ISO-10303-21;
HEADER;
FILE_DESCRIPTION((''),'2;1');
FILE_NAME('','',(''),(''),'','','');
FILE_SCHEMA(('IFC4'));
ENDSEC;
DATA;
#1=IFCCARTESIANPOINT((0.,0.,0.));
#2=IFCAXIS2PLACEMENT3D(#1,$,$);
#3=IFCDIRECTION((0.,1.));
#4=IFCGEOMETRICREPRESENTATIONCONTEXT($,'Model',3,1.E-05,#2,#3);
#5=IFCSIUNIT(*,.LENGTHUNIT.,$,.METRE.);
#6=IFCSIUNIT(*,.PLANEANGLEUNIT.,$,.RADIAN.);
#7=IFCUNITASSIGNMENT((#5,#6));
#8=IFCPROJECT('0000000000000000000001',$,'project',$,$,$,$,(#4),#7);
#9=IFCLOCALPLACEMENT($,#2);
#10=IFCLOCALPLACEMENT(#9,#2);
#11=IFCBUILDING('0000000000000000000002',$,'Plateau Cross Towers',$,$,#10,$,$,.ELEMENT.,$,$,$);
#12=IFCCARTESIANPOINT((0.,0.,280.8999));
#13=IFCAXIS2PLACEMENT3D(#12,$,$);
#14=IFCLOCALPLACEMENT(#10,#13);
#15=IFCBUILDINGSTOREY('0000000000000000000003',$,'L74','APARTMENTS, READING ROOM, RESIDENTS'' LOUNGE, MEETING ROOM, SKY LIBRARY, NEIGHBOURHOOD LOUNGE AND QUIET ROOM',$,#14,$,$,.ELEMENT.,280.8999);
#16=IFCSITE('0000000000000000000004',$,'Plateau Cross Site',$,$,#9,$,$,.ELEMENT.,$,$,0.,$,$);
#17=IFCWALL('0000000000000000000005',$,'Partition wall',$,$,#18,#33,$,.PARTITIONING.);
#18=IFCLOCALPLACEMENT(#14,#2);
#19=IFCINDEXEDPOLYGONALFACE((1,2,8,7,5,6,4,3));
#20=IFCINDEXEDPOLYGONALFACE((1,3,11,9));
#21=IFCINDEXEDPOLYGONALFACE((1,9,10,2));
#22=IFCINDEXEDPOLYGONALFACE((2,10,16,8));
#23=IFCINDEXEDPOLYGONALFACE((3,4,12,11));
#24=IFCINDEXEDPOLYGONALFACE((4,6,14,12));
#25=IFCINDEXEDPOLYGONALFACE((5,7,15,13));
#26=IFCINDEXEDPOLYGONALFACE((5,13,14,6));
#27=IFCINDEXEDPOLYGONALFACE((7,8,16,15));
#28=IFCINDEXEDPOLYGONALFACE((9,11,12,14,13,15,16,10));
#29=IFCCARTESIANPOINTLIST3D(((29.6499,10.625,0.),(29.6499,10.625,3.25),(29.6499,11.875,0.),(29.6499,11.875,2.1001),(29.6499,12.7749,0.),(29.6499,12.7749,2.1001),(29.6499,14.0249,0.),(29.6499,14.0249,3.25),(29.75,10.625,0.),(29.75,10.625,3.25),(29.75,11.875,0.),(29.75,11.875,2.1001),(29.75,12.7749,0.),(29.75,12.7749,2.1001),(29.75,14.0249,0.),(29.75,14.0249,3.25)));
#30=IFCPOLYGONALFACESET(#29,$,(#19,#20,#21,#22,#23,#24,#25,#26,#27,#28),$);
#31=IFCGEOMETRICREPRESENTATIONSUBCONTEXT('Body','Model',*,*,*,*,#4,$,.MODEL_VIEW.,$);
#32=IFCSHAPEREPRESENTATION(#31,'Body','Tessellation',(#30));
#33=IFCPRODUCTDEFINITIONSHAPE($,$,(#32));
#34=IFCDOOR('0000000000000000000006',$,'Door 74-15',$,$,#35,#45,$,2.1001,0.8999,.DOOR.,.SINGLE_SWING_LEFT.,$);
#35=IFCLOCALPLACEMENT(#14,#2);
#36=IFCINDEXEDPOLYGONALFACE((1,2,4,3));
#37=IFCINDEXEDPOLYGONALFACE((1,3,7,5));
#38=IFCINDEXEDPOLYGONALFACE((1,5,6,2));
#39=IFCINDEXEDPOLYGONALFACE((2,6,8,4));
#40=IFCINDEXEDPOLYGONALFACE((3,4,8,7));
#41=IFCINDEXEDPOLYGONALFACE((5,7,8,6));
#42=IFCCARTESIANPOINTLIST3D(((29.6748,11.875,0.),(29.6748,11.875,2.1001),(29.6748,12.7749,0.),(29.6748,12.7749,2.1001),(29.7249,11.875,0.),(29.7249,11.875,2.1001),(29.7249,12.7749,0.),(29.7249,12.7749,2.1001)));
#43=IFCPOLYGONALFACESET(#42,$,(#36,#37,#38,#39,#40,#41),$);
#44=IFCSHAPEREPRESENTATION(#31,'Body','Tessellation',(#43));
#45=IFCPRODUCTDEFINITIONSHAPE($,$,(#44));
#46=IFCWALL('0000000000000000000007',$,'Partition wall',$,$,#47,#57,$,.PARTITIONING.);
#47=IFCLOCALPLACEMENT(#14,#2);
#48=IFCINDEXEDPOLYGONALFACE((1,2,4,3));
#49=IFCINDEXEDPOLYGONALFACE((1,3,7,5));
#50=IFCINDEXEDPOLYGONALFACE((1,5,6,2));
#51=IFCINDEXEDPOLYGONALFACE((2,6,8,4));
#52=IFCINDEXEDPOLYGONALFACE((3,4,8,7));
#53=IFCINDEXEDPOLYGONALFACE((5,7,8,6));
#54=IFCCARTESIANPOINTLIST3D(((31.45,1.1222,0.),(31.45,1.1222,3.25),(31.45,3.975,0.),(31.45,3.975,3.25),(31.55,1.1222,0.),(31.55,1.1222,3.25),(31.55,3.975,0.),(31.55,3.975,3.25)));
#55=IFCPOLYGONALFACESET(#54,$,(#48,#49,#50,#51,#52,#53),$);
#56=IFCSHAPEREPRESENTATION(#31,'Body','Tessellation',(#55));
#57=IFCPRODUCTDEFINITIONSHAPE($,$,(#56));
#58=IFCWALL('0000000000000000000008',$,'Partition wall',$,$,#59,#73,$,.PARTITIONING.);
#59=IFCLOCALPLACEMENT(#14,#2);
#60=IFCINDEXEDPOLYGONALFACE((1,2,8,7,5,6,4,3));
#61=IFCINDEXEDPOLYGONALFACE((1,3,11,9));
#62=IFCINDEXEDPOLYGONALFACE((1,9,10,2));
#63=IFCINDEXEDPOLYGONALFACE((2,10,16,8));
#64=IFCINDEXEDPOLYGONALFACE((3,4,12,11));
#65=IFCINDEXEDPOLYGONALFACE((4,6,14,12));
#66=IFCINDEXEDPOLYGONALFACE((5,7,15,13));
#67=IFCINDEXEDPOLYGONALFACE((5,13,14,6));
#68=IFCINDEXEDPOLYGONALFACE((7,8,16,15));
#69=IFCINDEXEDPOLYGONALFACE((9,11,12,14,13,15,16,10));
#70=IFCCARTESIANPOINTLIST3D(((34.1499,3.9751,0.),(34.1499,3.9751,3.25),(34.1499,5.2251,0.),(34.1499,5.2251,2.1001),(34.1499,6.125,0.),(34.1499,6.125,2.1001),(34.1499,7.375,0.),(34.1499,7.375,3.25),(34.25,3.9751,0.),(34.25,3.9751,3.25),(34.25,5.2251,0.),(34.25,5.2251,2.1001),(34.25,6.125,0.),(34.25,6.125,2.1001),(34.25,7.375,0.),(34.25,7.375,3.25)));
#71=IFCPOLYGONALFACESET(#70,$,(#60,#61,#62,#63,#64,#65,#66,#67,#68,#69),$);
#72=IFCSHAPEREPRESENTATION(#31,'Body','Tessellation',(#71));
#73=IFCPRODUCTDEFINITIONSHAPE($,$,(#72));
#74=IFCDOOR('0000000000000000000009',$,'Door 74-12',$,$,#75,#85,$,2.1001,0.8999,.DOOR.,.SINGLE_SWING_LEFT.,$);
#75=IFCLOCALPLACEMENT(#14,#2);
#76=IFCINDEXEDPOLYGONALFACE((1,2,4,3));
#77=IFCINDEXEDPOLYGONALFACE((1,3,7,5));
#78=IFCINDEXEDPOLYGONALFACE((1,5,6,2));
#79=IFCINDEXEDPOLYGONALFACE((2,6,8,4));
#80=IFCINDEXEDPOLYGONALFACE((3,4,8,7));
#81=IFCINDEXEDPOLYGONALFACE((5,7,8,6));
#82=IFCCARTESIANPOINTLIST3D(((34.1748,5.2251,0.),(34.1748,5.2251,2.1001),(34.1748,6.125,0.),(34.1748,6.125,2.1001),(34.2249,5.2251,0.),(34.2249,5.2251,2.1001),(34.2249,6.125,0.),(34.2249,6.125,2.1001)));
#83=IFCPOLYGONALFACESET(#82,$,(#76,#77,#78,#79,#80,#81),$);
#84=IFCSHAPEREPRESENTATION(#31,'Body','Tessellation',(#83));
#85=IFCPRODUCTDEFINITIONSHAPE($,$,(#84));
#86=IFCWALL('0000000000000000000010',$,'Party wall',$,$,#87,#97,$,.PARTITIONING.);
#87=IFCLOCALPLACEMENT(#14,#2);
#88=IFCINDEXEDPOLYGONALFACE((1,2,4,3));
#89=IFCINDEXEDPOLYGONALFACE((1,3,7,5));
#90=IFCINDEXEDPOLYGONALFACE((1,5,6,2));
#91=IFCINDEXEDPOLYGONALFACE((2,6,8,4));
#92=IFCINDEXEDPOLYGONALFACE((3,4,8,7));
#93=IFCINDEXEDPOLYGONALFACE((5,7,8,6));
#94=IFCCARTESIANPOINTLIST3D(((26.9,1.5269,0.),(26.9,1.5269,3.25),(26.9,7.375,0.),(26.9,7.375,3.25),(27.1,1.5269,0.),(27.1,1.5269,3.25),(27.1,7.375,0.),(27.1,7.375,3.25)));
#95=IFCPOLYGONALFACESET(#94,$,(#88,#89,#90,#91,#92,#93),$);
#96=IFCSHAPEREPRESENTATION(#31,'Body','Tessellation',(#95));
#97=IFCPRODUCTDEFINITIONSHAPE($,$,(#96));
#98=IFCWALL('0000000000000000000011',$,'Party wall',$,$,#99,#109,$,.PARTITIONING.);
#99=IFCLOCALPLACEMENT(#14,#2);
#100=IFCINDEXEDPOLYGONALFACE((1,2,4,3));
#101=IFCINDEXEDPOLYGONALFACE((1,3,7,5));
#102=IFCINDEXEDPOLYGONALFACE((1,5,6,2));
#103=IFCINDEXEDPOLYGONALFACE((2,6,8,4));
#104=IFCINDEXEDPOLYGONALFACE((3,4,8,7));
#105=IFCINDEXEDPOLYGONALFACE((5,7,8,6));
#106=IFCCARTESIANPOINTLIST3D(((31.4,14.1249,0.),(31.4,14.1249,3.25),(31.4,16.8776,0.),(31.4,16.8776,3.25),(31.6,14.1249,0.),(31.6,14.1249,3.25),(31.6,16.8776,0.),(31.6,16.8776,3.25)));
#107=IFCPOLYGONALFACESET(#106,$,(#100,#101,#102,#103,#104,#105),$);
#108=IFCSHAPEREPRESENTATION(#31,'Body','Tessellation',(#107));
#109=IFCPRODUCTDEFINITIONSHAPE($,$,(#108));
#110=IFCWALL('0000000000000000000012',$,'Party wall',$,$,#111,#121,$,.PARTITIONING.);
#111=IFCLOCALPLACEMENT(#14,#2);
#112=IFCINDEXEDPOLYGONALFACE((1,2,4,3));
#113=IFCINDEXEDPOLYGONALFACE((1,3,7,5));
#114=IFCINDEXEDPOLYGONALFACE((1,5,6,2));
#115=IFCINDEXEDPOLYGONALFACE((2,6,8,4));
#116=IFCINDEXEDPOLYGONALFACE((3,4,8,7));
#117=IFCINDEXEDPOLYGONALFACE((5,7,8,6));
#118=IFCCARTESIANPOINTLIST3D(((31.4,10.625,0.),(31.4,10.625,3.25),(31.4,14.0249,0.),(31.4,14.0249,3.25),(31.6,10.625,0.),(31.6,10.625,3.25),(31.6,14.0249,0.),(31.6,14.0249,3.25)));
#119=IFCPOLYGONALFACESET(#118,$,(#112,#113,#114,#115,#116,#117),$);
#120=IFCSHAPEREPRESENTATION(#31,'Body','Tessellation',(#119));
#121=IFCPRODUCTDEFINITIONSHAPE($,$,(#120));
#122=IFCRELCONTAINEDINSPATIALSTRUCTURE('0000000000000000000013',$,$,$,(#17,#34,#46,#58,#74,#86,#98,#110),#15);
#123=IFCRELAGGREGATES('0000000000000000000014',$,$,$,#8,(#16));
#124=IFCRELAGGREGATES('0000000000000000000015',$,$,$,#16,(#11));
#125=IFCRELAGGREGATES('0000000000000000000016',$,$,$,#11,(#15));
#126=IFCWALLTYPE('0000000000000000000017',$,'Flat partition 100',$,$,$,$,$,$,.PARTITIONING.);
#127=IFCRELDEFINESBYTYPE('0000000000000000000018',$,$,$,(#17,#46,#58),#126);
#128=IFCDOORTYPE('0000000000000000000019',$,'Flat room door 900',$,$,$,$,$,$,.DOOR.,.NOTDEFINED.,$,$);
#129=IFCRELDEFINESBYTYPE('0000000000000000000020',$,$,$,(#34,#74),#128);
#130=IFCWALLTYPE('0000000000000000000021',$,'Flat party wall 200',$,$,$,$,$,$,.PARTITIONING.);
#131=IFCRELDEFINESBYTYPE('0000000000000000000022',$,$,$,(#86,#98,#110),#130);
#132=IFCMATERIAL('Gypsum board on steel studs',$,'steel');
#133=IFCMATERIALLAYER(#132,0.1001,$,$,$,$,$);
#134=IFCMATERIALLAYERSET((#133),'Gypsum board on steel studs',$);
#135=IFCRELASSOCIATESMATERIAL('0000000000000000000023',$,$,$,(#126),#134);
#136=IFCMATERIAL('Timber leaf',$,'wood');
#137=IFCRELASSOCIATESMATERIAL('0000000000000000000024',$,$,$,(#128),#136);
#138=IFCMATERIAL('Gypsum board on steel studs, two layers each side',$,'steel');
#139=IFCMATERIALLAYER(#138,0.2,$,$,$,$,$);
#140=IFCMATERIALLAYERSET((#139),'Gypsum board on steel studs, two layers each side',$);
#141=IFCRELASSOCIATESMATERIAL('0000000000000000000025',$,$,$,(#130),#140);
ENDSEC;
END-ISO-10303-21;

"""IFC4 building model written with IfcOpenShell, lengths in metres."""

from ifc_helpers import new_model, si_unit, direction, frame, frame_2d, origin, place, context, subcontext, project, spatial, rectangle, extrude, material, layer, layer_set, type_object, element, fill, save


model = new_model("IFC4")

# Units and contexts
model_context = context("Model", 3, precision=1e-05, world=origin(), true_north=direction((0.0, 1.0)))
body_context = subcontext(model_context, "Body", "Model", "MODEL_VIEW")
ifc_project = project(units=[si_unit("LENGTHUNIT", "METRE"), si_unit("PLANEANGLEUNIT", "RADIAN")], contexts=[model_context])

# Site, building, storey
site_placement = place(None, origin())
site = spatial("IfcSite", under=ifc_project, at=site_placement, Name="Plateau Cross Site", CompositionType="ELEMENT", RefElevation=0.0)
building_placement = place(site_placement, origin())
building = spatial("IfcBuilding", under=site, at=building_placement, Name="Plateau Cross Towers", CompositionType="ELEMENT")
storey_placement = place(building_placement, frame((0.0, 0.0, 280.8999)))
storey = spatial("IfcBuildingStorey", under=building, at=storey_placement, Name="L74", Description="APARTMENTS, READING ROOM, RESIDENTS' LOUNGE, MEETING ROOM, SKY LIBRARY, NEIGHBOURHOOD LOUNGE AND QUIET ROOM", CompositionType="ELEMENT", Elevation=280.8999)

# Shared definitions
ifc_material_1 = material(Name="Gypsum board on steel studs", Category="steel")
ifc_layer_1 = layer(ifc_material_1, 0.1001)
ifc_layer_set_1 = layer_set([ifc_layer_1], Name="Gypsum board on steel studs")
wall_type_1 = type_object("IfcWallType", Name="Flat partition 100", PredefinedType="PARTITIONING", material=ifc_layer_set_1)
ifc_material_2 = material(Name="Timber leaf", Category="wood")
door_type = type_object("IfcDoorType", Name="Flat room door 900", OperationType="NOTDEFINED", PredefinedType="DOOR", material=ifc_material_2)

# Wall, opening, door
wall_1_placement = place(storey_placement, frame((29.7, 14.0249, 0.0), z_axis=(0.0, 0.0, 1.0), x_axis=(0.0, -1.0, 0.0)))
wall_1 = element("IfcWall", 1, at=wall_1_placement, inside=storey, type_object=wall_type_1, Name="Partition wall", PredefinedType="PARTITIONING", context=body_context, shape_type="SweptSolid", body=[
    extrude(rectangle(XDim=3.3999, YDim=0.1001, at=frame_2d((1.7, 0.0))), origin(), (0.0, 0.0, 1.0), 3.25),
])
opening_1_placement = place(wall_1_placement, frame((1.25, 0.0, 0.0)))
opening_1 = element("IfcOpeningElement", 2, at=opening_1_placement, cuts=wall_1, PredefinedType="OPENING", context=body_context, shape_type="SweptSolid", body=[
    extrude(rectangle(XDim=0.8999, YDim=2.1001, at=frame_2d((0.45, 1.05))), frame((0.0, 0.0601, 0.0), z_axis=(0.0, -1.0, 0.0), x_axis=(1.0, 0.0, 0.0)), (0.0, 0.0, 1.0), 0.1201),
])
door_1_placement = place(opening_1_placement, origin())
door_1 = element("IfcDoor", 3, at=door_1_placement, inside=storey, type_object=door_type, Name="Door 74-15", OperationType="SINGLE_SWING_LEFT", OverallHeight=2.1001, OverallWidth=0.8999, PredefinedType="DOOR", context=body_context, shape_type="SweptSolid", body=[
    extrude(rectangle(XDim=0.8999, YDim=2.1001, at=frame_2d((0.45, 1.05))), frame((0.0, 0.0249, 0.0), z_axis=(0.0, -1.0, 0.0), x_axis=(1.0, 0.0, 0.0)), (0.0, 0.0, 1.0), 0.05),
])
fill(opening_1, door_1)

# Wall
wall_2_placement = place(storey_placement, frame((31.5, 1.1223, 0.0), z_axis=(0.0, 0.0, 1.0), x_axis=(0.0, 1.0, 0.0)))
element("IfcWall", 4, at=wall_2_placement, inside=storey, type_object=wall_type_1, Name="Partition wall", PredefinedType="PARTITIONING", context=body_context, shape_type="SweptSolid", body=[
    extrude(rectangle(XDim=2.8528, YDim=0.1001, at=frame_2d((1.4263, 0.0))), origin(), (0.0, 0.0, 1.0), 3.25),
])

# Wall, opening, door
wall_3_placement = place(storey_placement, frame((34.2, 7.375, 0.0), z_axis=(0.0, 0.0, 1.0), x_axis=(0.0, -1.0, 0.0)))
wall_3 = element("IfcWall", 5, at=wall_3_placement, inside=storey, type_object=wall_type_1, Name="Partition wall", PredefinedType="PARTITIONING", context=body_context, shape_type="SweptSolid", body=[
    extrude(rectangle(XDim=3.3999, YDim=0.1001, at=frame_2d((1.7, 0.0))), origin(), (0.0, 0.0, 1.0), 3.25),
])
opening_2_placement = place(wall_3_placement, frame((1.25, 0.0, 0.0)))
opening_2 = element("IfcOpeningElement", 6, at=opening_2_placement, cuts=wall_3, PredefinedType="OPENING", context=body_context, shape_type="SweptSolid", body=[
    extrude(rectangle(XDim=0.8999, YDim=2.1001, at=frame_2d((0.45, 1.05))), frame((0.0, 0.0601, 0.0), z_axis=(0.0, -1.0, 0.0), x_axis=(1.0, 0.0, 0.0)), (0.0, 0.0, 1.0), 0.1201),
])
door_2_placement = place(opening_2_placement, origin())
door_2 = element("IfcDoor", 7, at=door_2_placement, inside=storey, type_object=door_type, Name="Door 74-12", OperationType="SINGLE_SWING_LEFT", OverallHeight=2.1001, OverallWidth=0.8999, PredefinedType="DOOR", context=body_context, shape_type="SweptSolid", body=[
    extrude(rectangle(XDim=0.8999, YDim=2.1001, at=frame_2d((0.45, 1.05))), frame((0.0, 0.0249, 0.0), z_axis=(0.0, -1.0, 0.0), x_axis=(1.0, 0.0, 0.0)), (0.0, 0.0, 1.0), 0.05),
])
fill(opening_2, door_2)

# Walls
ifc_material_3 = material(Name="Gypsum board on steel studs, two layers each side", Category="steel")
ifc_layer_2 = layer(ifc_material_3, 0.2)
ifc_layer_set_2 = layer_set([ifc_layer_2], Name="Gypsum board on steel studs, two layers each side")
wall_type_2 = type_object("IfcWallType", Name="Flat party wall 200", PredefinedType="PARTITIONING", material=ifc_layer_set_2)
wall_4_placement = place(storey_placement, frame((27.0, 1.5269, 0.0), z_axis=(0.0, 0.0, 1.0), x_axis=(0.0, 1.0, 0.0)))
element("IfcWall", 8, at=wall_4_placement, inside=storey, type_object=wall_type_2, Name="Party wall", PredefinedType="PARTITIONING", context=body_context, shape_type="SweptSolid", body=[
    extrude(rectangle(XDim=5.8481, YDim=0.2, at=frame_2d((2.9241, 0.0))), origin(), (0.0, 0.0, 1.0), 3.25),
])
wall_5_placement = place(storey_placement, frame((31.5, 16.8777, 0.0), z_axis=(0.0, 0.0, 1.0), x_axis=(0.0, -1.0, 0.0)))
element("IfcWall", 9, at=wall_5_placement, inside=storey, type_object=wall_type_2, Name="Party wall", PredefinedType="PARTITIONING", context=body_context, shape_type="SweptSolid", body=[
    extrude(rectangle(XDim=2.7527, YDim=0.2, at=frame_2d((1.3765, 0.0))), origin(), (0.0, 0.0, 1.0), 3.25),
])
wall_6_placement = place(storey_placement, frame((31.5, 10.625, 0.0), z_axis=(0.0, 0.0, 1.0), x_axis=(0.0, 1.0, 0.0)))
element("IfcWall", 10, at=wall_6_placement, inside=storey, type_object=wall_type_2, Name="Party wall", PredefinedType="PARTITIONING", context=body_context, shape_type="SweptSolid", body=[
    extrude(rectangle(XDim=3.3999, YDim=0.2, at=frame_2d((1.7, 0.0))), origin(), (0.0, 0.0, 1.0), 3.25),
])

save(model, "model.ifc")
